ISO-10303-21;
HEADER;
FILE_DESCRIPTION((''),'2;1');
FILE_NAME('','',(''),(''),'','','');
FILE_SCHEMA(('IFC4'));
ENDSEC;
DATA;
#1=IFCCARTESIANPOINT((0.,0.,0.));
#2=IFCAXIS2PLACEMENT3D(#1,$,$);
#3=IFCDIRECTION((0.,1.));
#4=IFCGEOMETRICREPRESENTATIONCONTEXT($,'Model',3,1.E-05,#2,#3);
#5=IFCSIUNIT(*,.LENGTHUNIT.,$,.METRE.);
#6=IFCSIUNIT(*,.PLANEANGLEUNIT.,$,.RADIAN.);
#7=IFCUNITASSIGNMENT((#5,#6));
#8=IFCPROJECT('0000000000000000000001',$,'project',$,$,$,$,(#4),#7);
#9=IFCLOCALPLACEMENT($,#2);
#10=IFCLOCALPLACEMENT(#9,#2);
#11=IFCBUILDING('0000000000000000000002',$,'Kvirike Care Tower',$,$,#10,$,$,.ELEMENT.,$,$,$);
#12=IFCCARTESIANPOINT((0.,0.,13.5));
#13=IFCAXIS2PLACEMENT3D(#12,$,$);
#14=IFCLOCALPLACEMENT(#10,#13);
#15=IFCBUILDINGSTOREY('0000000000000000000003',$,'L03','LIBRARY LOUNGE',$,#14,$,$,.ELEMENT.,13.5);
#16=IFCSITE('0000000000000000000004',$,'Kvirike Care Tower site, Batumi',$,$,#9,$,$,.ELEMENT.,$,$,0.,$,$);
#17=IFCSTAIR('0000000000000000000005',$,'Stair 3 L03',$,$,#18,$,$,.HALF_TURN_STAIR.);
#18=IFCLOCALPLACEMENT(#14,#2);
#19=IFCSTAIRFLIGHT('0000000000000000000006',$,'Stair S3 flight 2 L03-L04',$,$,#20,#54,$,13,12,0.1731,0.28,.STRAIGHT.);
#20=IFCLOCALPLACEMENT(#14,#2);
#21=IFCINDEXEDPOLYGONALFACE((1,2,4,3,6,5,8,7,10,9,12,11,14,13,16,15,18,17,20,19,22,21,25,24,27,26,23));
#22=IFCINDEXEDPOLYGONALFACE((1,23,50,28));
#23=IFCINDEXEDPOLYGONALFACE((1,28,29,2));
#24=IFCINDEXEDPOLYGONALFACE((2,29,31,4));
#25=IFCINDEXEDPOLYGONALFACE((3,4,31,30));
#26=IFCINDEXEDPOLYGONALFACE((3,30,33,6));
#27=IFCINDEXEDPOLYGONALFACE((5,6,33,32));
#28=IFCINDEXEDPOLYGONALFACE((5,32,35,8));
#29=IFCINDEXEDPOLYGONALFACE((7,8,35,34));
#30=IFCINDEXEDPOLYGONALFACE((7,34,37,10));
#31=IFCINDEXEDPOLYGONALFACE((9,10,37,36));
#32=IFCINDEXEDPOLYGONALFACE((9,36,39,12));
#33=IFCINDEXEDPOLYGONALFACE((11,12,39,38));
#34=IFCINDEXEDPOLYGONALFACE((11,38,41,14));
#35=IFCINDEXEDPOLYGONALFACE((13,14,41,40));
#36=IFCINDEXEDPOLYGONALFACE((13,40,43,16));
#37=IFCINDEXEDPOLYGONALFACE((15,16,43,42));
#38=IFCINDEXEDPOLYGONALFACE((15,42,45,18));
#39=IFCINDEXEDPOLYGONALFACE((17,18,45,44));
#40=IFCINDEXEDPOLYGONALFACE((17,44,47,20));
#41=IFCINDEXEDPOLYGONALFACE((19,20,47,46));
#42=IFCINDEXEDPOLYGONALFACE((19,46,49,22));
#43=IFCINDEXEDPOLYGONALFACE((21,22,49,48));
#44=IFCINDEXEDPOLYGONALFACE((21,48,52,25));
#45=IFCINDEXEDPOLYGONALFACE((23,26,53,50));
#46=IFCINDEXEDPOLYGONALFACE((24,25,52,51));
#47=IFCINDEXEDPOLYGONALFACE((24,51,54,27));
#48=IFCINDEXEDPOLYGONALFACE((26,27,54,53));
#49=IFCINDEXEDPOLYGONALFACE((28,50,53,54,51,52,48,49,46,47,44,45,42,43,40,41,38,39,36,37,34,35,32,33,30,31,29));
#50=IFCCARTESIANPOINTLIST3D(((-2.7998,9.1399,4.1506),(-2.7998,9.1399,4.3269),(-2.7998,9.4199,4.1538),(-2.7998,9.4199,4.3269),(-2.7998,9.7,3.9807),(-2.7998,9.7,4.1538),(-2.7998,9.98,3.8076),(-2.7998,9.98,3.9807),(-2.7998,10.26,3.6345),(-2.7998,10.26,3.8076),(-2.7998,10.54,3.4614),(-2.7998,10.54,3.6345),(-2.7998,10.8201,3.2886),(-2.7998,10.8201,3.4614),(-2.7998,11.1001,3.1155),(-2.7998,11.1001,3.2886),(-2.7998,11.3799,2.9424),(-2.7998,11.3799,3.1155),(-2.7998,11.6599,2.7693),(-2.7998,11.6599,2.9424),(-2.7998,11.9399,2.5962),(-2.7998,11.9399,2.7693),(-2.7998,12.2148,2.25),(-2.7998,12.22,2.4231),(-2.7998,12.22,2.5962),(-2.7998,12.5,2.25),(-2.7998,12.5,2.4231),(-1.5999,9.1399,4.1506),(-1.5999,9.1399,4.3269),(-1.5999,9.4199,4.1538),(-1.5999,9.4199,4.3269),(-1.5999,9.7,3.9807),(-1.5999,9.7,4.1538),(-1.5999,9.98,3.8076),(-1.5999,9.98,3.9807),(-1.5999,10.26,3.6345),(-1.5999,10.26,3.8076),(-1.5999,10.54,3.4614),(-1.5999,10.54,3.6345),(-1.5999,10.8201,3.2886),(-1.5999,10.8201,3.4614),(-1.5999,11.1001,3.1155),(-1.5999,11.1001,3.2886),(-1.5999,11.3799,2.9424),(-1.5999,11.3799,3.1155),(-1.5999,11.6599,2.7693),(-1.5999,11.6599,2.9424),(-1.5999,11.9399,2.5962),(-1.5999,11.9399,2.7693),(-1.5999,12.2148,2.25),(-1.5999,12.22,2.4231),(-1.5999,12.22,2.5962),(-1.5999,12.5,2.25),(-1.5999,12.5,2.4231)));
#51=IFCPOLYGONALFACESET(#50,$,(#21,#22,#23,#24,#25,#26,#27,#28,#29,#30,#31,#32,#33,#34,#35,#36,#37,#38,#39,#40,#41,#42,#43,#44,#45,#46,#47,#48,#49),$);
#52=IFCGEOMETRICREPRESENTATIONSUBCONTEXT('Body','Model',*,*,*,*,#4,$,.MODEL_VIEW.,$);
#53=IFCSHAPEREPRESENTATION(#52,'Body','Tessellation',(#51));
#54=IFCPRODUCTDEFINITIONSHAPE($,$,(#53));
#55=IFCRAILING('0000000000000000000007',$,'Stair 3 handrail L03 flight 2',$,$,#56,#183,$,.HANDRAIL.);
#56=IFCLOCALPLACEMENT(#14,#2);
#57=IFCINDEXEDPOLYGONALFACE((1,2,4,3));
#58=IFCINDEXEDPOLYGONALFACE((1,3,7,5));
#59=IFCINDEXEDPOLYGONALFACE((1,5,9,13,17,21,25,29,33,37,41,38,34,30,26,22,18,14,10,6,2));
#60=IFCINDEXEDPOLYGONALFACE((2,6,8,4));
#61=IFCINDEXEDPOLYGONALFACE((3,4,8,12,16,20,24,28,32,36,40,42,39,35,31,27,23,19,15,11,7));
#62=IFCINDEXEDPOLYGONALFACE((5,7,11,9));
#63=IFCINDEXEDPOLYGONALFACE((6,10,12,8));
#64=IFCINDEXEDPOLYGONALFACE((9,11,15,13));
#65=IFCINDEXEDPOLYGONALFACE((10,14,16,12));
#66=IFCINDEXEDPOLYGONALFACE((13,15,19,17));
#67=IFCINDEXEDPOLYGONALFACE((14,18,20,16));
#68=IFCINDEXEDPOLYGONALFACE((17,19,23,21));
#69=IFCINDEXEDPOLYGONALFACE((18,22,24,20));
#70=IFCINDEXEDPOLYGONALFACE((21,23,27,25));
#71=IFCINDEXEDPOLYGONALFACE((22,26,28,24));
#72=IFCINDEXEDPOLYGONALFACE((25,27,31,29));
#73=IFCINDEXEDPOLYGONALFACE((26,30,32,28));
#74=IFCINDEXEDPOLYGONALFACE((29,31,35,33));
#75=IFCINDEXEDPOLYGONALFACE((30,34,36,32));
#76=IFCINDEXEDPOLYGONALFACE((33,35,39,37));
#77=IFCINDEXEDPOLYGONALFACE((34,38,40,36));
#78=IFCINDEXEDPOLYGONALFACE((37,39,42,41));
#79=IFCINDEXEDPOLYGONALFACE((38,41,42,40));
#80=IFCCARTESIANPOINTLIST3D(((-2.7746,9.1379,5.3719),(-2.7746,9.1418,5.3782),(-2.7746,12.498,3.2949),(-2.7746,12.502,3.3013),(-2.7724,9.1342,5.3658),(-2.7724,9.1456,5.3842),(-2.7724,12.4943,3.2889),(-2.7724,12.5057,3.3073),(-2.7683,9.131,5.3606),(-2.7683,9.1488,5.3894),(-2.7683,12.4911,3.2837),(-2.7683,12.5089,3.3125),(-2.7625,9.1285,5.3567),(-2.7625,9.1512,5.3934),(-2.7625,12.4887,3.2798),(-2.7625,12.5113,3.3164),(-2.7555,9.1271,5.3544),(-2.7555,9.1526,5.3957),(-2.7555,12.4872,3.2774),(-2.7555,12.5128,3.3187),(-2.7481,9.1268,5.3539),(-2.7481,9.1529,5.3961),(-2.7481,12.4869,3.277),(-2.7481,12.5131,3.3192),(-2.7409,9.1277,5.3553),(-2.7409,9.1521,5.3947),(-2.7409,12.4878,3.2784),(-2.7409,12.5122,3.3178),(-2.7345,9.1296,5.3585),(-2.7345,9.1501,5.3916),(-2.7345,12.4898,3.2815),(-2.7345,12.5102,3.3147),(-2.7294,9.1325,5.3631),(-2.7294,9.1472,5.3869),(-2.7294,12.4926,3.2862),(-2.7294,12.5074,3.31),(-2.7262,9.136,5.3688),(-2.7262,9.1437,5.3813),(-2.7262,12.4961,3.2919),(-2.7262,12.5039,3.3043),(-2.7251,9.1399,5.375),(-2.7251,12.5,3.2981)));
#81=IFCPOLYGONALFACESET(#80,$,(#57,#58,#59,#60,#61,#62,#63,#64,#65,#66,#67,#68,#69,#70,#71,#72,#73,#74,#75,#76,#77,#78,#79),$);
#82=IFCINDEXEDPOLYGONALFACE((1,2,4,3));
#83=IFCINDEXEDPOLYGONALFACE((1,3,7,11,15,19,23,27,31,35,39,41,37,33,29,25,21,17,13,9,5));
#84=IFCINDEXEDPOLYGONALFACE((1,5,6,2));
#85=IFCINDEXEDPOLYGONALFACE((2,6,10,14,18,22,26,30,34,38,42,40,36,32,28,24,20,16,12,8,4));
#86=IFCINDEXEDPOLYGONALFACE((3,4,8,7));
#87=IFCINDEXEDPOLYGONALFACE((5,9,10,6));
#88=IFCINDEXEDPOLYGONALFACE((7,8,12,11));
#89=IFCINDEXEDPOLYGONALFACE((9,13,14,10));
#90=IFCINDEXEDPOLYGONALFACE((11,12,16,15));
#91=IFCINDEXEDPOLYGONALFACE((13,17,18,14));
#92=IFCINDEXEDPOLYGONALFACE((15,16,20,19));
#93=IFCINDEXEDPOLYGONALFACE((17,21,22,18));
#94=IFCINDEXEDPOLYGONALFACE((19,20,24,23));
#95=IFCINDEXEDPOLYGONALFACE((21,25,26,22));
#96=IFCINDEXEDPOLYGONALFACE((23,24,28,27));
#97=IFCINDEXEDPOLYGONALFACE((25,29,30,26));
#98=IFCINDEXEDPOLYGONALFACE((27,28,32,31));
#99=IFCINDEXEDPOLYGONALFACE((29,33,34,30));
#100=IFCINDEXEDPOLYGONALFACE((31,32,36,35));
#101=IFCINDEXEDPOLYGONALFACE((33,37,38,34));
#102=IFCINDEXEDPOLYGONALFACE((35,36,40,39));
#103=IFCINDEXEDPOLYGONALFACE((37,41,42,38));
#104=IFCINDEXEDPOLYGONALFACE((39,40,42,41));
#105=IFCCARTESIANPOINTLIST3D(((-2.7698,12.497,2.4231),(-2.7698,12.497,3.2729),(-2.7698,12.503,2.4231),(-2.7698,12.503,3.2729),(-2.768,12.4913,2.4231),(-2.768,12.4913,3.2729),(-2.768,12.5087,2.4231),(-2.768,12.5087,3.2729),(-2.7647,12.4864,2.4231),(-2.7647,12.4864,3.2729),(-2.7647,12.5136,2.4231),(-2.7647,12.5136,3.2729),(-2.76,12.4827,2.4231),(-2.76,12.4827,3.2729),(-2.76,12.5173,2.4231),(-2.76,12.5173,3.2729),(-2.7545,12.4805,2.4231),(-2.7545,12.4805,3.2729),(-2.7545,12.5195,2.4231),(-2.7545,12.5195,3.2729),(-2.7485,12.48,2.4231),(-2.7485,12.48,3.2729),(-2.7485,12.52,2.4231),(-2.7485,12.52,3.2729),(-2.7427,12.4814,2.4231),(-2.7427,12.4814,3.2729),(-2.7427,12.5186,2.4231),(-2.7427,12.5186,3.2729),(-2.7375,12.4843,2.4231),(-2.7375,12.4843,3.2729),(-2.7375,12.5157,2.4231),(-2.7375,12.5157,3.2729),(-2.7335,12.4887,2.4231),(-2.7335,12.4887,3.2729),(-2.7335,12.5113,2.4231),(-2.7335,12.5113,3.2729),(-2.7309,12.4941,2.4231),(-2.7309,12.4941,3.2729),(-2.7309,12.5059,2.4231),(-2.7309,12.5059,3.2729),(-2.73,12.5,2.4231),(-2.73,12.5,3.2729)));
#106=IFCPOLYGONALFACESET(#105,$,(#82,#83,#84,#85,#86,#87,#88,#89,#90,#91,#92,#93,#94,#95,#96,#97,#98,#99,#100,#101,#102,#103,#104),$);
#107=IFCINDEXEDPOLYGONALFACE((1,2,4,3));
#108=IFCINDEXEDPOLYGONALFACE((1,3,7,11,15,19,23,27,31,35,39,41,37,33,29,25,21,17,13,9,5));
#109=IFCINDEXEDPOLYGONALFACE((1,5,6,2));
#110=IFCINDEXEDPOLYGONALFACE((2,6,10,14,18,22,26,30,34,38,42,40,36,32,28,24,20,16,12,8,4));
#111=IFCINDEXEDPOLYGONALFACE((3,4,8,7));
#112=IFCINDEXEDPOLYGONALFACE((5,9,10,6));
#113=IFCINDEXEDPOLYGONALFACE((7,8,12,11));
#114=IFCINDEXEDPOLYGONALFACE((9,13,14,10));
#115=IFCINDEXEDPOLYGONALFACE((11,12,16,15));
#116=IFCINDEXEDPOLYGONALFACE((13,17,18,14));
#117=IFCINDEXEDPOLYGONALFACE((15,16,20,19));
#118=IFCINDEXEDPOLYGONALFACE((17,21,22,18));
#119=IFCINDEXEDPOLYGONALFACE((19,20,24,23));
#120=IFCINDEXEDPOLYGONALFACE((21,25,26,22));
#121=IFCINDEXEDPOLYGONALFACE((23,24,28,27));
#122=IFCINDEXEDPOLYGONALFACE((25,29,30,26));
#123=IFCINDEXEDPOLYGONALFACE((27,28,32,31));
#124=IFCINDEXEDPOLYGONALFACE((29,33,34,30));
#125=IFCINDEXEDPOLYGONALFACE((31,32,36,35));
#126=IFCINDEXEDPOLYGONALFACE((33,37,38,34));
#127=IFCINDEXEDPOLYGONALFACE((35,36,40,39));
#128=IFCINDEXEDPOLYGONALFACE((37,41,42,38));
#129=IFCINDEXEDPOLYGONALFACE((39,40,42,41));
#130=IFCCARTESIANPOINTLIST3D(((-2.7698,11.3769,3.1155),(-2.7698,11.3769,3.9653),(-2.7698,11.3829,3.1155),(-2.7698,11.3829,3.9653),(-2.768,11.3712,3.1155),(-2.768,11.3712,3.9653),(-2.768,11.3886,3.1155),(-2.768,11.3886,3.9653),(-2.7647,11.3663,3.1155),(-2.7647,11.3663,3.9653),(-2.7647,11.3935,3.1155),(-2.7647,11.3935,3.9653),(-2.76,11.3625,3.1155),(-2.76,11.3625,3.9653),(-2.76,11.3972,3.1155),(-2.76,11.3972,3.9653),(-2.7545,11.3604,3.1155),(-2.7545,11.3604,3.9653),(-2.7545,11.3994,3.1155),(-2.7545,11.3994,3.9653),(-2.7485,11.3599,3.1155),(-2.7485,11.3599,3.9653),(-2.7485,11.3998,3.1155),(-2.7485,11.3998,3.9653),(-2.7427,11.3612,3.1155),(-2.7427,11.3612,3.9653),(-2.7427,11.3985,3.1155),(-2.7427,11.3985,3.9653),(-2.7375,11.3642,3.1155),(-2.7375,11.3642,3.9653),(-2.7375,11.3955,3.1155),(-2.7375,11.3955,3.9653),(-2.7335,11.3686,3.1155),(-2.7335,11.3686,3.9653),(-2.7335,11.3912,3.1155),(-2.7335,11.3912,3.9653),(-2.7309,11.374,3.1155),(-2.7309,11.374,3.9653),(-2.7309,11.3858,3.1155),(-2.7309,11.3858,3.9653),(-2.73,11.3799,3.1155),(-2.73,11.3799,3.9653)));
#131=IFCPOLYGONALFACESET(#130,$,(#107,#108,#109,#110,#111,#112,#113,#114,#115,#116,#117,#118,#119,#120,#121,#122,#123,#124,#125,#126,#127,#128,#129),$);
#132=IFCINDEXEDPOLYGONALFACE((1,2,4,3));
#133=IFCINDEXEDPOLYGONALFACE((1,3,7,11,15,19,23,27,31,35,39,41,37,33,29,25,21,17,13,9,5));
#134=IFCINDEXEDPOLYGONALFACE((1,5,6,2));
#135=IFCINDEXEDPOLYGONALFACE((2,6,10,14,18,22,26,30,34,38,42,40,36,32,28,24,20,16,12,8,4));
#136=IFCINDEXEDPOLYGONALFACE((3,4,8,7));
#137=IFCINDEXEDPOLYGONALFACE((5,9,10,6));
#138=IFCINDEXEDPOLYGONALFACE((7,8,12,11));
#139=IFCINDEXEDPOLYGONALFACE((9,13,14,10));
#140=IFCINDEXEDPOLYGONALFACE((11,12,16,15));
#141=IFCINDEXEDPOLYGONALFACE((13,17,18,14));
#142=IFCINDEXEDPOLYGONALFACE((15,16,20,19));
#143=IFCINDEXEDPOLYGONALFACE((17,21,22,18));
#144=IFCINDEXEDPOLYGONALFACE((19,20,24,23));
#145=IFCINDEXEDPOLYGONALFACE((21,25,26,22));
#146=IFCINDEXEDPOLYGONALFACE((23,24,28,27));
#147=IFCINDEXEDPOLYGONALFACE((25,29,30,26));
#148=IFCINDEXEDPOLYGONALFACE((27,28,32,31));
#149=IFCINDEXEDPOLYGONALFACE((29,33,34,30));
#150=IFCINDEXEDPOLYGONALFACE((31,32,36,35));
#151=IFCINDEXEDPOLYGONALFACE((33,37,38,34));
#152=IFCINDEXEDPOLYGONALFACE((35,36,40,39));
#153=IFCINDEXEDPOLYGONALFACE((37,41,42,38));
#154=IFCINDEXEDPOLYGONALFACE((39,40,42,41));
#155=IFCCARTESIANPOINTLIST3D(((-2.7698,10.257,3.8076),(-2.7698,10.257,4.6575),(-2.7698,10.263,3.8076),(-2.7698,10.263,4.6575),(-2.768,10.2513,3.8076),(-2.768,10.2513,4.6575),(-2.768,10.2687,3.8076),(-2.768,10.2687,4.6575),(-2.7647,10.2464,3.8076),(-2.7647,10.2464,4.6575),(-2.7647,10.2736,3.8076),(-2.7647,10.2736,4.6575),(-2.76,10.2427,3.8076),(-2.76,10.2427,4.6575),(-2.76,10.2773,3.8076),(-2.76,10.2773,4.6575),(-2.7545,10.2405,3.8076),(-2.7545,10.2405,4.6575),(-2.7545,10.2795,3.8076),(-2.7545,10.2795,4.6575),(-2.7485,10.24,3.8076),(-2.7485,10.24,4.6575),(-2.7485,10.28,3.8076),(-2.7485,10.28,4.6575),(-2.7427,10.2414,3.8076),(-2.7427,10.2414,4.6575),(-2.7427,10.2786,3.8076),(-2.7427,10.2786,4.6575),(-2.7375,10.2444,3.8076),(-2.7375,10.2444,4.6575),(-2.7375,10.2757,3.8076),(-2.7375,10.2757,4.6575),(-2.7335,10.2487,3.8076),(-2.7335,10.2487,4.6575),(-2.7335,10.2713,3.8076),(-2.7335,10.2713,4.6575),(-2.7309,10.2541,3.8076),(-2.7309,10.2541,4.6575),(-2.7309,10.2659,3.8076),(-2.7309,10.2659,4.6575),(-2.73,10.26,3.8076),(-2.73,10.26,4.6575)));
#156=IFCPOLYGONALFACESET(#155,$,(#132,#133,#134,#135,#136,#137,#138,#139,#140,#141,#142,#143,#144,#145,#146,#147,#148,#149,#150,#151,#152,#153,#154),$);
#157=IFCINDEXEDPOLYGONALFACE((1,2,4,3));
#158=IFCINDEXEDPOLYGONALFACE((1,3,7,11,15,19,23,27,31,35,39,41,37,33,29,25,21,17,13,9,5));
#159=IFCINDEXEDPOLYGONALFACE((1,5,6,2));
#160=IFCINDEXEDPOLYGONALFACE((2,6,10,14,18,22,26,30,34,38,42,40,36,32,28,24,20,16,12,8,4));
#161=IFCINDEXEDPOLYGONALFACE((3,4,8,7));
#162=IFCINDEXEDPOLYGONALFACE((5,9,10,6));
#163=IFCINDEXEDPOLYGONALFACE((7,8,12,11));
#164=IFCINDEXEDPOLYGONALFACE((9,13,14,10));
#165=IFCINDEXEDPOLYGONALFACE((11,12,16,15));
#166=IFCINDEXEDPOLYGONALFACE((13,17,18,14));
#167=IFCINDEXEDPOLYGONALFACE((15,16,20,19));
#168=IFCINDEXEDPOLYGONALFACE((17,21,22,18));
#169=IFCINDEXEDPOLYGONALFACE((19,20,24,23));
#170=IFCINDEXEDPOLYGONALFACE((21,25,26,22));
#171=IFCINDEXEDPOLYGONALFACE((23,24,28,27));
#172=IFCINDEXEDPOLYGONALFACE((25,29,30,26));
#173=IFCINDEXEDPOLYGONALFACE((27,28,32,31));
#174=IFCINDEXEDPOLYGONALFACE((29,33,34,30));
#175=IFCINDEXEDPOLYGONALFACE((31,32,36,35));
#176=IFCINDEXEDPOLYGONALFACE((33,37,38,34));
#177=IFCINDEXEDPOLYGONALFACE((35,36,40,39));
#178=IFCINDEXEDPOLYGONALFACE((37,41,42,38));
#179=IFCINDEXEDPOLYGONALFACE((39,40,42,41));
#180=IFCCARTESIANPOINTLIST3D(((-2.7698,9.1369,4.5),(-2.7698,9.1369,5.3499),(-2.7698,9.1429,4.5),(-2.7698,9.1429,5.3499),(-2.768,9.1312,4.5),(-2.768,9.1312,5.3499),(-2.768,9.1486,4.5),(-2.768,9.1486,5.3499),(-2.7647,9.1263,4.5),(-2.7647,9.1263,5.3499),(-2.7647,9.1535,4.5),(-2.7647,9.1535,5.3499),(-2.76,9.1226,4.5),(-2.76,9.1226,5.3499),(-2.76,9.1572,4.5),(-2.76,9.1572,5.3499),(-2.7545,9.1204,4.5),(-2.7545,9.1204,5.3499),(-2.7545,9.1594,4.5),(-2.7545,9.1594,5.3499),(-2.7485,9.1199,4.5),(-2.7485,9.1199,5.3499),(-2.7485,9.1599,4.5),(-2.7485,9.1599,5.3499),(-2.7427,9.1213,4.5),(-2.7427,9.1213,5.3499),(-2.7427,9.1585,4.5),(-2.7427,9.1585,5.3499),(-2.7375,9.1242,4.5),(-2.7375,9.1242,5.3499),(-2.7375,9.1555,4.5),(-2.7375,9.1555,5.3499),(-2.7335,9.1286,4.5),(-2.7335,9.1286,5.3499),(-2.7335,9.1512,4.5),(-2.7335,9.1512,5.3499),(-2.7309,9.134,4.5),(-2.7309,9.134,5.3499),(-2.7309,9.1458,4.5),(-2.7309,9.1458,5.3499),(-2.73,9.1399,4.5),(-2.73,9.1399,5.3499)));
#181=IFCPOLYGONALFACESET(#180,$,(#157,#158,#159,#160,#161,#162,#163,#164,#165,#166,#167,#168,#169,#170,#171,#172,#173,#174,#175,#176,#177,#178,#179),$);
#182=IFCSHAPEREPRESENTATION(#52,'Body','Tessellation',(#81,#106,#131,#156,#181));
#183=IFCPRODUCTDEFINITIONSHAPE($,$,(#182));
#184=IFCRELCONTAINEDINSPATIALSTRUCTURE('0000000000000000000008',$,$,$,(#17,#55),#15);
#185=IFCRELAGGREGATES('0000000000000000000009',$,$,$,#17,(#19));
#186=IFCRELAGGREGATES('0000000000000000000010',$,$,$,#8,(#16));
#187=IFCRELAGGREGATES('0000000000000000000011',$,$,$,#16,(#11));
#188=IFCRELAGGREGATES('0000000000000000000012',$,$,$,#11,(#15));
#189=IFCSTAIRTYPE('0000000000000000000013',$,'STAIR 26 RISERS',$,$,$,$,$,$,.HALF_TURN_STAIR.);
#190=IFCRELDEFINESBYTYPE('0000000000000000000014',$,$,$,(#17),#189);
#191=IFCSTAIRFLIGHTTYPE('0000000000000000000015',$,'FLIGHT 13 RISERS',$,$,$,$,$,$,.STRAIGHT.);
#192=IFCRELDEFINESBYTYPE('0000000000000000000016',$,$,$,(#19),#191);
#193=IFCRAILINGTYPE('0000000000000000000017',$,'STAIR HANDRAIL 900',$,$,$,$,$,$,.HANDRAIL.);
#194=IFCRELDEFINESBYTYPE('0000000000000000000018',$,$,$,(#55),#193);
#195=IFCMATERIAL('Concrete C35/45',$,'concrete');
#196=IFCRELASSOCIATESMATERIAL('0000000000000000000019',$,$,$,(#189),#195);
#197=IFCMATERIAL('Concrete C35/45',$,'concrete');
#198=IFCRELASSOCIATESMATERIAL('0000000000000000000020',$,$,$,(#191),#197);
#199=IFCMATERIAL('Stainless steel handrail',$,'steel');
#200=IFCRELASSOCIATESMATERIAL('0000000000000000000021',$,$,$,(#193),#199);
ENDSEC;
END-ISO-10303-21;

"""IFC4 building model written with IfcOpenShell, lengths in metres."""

from ifc_helpers import new_model, si_unit, direction, frame, origin, origin_2d, place, context, subcontext, project, spatial, polyline, circle, outline, extrude, material, type_object, element, aggregate, save


model = new_model("IFC4")

# Units and contexts
model_context = context("Model", 3, precision=1e-05, world=origin(), true_north=direction((0.0, 1.0)))
body_context = subcontext(model_context, "Body", "Model", "MODEL_VIEW")
ifc_project = project(units=[si_unit("LENGTHUNIT", "METRE"), si_unit("PLANEANGLEUNIT", "RADIAN")], contexts=[model_context])

# Site, building, storey
site_placement = place(None, origin())
site = spatial("IfcSite", under=ifc_project, at=site_placement, Name="Kvirike Care Tower site, Batumi", CompositionType="ELEMENT", RefElevation=0.0)
building_placement = place(site_placement, origin())
building = spatial("IfcBuilding", under=site, at=building_placement, Name="Kvirike Care Tower", CompositionType="ELEMENT")
storey_placement = place(building_placement, frame((0.0, 0.0, 13.5)))
storey = spatial("IfcBuildingStorey", under=building, at=storey_placement, Name="L03", Description="LIBRARY LOUNGE", CompositionType="ELEMENT", Elevation=13.5)

# Stair, stair flight
ifc_material_1 = material(Name="Concrete C35/45", Category="concrete")
stair_type = type_object("IfcStairType", Name="STAIR 26 RISERS", PredefinedType="HALF_TURN_STAIR", material=ifc_material_1)
stair_placement = place(storey_placement, origin())
stair = element("IfcStair", 1, at=stair_placement, inside=storey, type_object=stair_type, Name="Stair 3 L03", PredefinedType="HALF_TURN_STAIR")
ifc_material_2 = material(Name="Concrete C35/45", Category="concrete")
stair_flight_type = type_object("IfcStairFlightType", Name="FLIGHT 13 RISERS", PredefinedType="STRAIGHT", material=ifc_material_2)
stair_flight_placement = place(storey_placement, frame((-2.2, 12.5, 2.25), z_axis=(0.0, 0.0, 1.0), x_axis=(0.0, -1.0, 0.0)))
stair_flight = element("IfcStairFlight", 2, at=stair_flight_placement, type_object=stair_flight_type, Name="Stair S3 flight 2 L03-L04", NumberOfRisers=13, NumberOfTreads=12, PredefinedType="STRAIGHT", RiserHeight=0.1731, TreadLength=0.28, context=body_context, shape_type="SweptSolid", body=[
    extrude(outline(polyline([(0.0, 0.0), (0.0, 0.1731), (0.28, 0.1731), (0.28, 0.3462), (0.5601, 0.3462), (0.5601, 0.5193), (0.8401, 0.5193), (0.8401, 0.6924), (1.1201, 0.6924), (1.1201, 0.8655), (1.3999, 0.8655), (1.3999, 1.0386), (1.6799, 1.0386), (1.6799, 1.2114), (1.96, 1.2114), (1.96, 1.3845), (2.24, 1.3845), (2.24, 1.5576), (2.52, 1.5576), (2.52, 1.7307), (2.8, 1.7307), (2.8, 1.9038), (3.0801, 1.9038), (3.0801, 2.0769), (3.3601, 2.0769), (3.3601, 2.25), (3.3601, 1.9006), (0.2852, 0.0), (0.0, 0.0)])), frame((0.0, 0.6001, 0.0), z_axis=(0.0, -1.0, 0.0), x_axis=(1.0, 0.0, 0.0)), (0.0, 0.0, 1.0), 1.2),
])
aggregate(stair, [stair_flight])

# Railing
ifc_material_3 = material(Name="Stainless steel handrail", Category="steel")
railing_type = type_object("IfcRailingType", Name="STAIR HANDRAIL 900", PredefinedType="HANDRAIL", material=ifc_material_3)
railing_placement = place(storey_placement, frame((-2.75, 12.5, 2.4231)))
element("IfcRailing", 3, at=railing_placement, inside=storey, type_object=railing_type, Name="Stair 3 handrail L03 flight 2", PredefinedType="HANDRAIL", context=body_context, shape_type="SweptSolid", body=[
    extrude(circle(Radius=0.0249, at=origin_2d()), frame((0.0, 0.0, 0.875), z_axis=(0.0, -0.850623, 0.525776), x_axis=(1.0, 0.0, 0.0)), (0.0, 0.0, 1.0), 3.9502),
    extrude(circle(Radius=0.02, at=origin_2d()), origin(), (0.0, 0.0, 1.0), 0.8499),
    extrude(circle(Radius=0.02, at=origin_2d()), frame((0.0, -1.1201, 0.6924)), (0.0, 0.0, 1.0), 0.8499),
    extrude(circle(Radius=0.02, at=origin_2d()), frame((0.0, -2.24, 1.3845)), (0.0, 0.0, 1.0), 0.8499),
    extrude(circle(Radius=0.02, at=origin_2d()), frame((0.0, -3.3601, 2.0769)), (0.0, 0.0, 1.0), 0.8499),
])

save(model, "model.ifc")
